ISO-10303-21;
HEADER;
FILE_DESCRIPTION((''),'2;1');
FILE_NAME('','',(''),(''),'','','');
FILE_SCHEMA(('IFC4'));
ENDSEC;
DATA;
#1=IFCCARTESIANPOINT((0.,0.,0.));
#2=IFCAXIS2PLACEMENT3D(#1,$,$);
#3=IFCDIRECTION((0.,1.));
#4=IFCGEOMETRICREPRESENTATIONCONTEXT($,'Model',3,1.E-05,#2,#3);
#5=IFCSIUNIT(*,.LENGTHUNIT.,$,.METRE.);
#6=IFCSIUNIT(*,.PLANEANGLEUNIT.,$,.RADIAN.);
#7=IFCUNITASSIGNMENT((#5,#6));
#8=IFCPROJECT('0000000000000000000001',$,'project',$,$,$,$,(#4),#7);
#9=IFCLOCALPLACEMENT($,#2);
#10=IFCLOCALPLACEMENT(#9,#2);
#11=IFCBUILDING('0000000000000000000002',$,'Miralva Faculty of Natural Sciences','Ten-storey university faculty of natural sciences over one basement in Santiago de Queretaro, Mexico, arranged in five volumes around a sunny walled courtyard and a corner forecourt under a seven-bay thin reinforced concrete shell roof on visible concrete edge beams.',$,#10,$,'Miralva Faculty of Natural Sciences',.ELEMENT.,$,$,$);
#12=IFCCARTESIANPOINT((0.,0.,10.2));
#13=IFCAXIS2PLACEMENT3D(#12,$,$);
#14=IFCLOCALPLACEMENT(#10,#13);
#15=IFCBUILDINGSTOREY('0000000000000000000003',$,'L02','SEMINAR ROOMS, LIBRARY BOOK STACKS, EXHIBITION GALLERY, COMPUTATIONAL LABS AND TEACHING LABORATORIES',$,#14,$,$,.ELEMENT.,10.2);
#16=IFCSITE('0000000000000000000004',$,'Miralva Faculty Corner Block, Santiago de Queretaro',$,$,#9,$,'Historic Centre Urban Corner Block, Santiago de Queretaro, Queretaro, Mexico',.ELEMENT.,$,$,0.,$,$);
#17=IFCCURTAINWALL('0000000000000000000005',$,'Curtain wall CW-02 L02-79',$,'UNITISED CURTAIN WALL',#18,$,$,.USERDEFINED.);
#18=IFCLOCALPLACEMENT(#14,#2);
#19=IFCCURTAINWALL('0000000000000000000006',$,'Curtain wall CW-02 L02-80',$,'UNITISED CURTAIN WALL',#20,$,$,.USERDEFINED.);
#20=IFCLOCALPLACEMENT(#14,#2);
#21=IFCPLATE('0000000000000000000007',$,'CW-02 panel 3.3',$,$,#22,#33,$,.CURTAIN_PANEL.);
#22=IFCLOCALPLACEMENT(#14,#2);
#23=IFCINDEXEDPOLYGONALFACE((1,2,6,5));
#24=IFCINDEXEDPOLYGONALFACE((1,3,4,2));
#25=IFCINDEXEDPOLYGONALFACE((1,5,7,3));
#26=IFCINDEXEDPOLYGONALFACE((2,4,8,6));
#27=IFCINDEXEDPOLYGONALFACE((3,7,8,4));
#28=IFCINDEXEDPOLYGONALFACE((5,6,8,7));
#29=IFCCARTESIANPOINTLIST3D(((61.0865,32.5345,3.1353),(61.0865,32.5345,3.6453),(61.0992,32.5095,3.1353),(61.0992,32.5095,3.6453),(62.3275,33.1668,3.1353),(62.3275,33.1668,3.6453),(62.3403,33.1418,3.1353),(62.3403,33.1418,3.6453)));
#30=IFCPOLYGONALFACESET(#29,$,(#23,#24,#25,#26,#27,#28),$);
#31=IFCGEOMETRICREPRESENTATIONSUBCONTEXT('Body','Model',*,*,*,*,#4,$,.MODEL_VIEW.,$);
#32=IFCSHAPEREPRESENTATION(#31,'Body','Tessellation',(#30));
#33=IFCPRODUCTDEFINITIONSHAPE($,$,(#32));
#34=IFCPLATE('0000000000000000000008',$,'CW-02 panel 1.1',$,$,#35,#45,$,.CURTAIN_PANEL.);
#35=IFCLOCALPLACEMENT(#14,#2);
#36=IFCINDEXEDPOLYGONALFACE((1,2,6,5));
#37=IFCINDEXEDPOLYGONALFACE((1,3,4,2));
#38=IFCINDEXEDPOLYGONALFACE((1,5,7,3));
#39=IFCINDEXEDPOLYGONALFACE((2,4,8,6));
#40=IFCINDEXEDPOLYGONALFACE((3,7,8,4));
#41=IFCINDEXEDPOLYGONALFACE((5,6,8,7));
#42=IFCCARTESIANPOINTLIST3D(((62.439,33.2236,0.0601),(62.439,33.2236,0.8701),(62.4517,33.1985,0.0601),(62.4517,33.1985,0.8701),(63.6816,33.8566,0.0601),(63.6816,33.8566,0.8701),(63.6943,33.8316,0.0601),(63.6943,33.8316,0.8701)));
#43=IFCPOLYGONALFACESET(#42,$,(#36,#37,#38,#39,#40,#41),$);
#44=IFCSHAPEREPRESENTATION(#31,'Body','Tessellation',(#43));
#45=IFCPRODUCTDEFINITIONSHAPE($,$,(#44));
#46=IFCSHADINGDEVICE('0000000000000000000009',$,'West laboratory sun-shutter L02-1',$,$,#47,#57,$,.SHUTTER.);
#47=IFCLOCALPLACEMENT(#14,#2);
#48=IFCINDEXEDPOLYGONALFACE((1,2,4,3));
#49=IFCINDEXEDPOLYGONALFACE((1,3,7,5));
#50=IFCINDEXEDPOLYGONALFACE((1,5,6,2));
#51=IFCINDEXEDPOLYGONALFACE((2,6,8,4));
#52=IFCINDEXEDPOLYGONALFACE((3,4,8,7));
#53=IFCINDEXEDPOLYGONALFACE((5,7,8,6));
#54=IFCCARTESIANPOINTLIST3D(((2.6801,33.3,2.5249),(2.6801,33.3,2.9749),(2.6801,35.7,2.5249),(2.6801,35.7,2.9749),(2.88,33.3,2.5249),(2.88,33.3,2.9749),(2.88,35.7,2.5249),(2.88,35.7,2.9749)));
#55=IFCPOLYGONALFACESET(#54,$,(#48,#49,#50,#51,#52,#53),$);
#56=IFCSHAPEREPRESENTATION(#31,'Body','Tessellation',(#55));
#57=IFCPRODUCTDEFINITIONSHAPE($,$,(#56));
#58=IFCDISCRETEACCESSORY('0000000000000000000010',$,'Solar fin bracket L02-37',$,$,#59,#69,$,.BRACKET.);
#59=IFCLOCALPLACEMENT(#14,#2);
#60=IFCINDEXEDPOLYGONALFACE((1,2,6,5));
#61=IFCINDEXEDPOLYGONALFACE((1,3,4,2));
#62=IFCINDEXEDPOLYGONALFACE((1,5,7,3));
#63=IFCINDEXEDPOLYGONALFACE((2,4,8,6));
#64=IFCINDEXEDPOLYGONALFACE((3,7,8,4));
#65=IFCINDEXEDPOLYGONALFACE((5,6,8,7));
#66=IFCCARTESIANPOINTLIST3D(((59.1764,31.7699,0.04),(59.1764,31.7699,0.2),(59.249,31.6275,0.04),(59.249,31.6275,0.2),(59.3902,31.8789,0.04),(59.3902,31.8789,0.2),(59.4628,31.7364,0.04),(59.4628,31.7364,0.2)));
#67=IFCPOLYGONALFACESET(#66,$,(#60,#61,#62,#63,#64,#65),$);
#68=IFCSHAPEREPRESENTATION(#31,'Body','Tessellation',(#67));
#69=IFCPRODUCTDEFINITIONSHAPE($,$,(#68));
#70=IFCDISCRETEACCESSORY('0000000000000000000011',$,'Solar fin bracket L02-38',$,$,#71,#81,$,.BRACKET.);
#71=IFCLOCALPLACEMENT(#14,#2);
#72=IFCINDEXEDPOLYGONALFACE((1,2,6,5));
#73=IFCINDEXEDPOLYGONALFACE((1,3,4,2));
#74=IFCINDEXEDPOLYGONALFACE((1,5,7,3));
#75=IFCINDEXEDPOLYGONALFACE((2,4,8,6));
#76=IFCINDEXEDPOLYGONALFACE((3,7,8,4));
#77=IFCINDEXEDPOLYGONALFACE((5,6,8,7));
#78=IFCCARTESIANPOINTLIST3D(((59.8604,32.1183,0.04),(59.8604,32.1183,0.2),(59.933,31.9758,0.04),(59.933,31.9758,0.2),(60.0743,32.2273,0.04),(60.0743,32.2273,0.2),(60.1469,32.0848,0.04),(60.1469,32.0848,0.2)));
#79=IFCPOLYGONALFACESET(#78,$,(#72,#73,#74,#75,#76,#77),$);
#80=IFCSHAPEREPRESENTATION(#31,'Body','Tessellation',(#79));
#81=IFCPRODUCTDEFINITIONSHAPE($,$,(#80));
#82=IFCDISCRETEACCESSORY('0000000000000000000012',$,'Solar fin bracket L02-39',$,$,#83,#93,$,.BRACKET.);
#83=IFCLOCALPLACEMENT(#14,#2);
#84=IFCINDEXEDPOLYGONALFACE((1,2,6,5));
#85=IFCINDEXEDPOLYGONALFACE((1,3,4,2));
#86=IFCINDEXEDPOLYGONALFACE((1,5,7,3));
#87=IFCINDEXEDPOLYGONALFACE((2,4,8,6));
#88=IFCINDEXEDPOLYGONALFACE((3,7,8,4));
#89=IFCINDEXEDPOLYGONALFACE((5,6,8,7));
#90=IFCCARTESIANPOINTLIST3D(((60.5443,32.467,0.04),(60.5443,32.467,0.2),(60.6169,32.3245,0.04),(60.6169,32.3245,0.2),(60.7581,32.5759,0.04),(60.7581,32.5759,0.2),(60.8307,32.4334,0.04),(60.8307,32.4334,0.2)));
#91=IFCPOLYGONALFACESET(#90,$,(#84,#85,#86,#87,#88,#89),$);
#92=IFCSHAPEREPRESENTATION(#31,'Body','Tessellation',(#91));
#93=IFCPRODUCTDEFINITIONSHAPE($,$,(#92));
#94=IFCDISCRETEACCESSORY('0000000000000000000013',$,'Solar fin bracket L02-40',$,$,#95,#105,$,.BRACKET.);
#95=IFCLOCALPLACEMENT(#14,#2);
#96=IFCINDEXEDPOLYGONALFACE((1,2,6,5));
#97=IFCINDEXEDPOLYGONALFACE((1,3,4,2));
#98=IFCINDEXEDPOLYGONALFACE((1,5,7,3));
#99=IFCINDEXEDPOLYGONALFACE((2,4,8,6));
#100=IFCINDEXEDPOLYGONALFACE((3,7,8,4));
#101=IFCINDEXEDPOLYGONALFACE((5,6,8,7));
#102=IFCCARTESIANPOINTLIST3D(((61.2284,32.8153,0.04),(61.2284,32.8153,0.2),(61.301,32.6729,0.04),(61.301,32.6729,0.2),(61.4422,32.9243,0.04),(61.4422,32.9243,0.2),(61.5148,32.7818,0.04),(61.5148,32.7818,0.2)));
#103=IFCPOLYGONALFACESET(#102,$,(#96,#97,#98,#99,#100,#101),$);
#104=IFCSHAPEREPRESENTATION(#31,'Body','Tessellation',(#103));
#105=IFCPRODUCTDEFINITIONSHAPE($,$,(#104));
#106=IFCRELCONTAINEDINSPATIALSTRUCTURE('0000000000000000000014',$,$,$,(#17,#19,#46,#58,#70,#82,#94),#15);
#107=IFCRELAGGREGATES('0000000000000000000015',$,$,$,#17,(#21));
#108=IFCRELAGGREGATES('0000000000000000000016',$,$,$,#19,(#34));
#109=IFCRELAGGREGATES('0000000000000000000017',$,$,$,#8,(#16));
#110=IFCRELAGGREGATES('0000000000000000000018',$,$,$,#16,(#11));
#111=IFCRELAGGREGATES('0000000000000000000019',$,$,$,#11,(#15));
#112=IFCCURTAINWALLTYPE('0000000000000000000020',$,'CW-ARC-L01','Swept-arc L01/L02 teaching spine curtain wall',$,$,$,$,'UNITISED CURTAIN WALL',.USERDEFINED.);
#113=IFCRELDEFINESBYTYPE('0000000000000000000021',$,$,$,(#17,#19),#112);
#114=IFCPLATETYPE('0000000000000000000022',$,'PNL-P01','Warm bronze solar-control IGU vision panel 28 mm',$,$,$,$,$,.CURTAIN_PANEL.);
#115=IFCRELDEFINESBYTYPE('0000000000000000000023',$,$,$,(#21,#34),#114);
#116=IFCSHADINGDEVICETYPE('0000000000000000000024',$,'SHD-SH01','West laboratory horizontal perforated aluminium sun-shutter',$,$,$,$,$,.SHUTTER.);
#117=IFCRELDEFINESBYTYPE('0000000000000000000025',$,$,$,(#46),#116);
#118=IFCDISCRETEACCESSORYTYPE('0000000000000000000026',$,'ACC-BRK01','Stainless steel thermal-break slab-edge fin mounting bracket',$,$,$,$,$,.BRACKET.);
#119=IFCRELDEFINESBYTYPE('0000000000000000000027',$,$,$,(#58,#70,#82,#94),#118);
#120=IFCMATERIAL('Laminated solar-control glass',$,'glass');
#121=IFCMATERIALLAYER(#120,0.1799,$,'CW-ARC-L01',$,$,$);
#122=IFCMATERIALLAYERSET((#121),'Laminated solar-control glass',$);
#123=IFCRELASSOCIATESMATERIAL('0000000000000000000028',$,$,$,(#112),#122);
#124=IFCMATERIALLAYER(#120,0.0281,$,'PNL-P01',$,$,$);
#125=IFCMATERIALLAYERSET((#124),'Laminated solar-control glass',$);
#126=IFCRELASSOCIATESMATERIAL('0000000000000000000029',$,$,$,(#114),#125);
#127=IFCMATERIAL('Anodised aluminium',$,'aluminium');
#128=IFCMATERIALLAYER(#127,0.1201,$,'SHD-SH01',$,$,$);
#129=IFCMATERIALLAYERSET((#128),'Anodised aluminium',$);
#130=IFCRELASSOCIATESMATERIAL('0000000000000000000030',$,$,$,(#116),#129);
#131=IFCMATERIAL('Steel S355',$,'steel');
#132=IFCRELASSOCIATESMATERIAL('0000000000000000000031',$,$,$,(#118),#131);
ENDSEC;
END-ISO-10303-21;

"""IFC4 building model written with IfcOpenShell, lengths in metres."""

from ifc_helpers import new_model, si_unit, direction, frame, origin, origin_2d, place, context, subcontext, project, spatial, rectangle, extrude, material, layer, layer_set, type_object, element, aggregate, save


model = new_model("IFC4")

# Units and contexts
model_context = context("Model", 3, precision=1e-05, world=origin(), true_north=direction((0.0, 1.0)))
body_context = subcontext(model_context, "Body", "Model", "MODEL_VIEW")
ifc_project = project(units=[si_unit("LENGTHUNIT", "METRE"), si_unit("PLANEANGLEUNIT", "RADIAN")], contexts=[model_context])

# Site, building, storey
site_placement = place(None, origin())
site = spatial("IfcSite", under=ifc_project, at=site_placement, Name="Miralva Faculty Corner Block, Santiago de Queretaro", LongName="Historic Centre Urban Corner Block, Santiago de Queretaro, Queretaro, Mexico", CompositionType="ELEMENT", RefElevation=0.0)
building_placement = place(site_placement, origin())
building = spatial("IfcBuilding", under=site, at=building_placement, Name="Miralva Faculty of Natural Sciences", Description="Ten-storey university faculty of natural sciences over one basement in Santiago de Queretaro, Mexico, arranged in five volumes around a sunny walled courtyard and a corner forecourt under a seven-bay thin reinforced concrete shell roof on visible concrete edge beams.", LongName="Miralva Faculty of Natural Sciences", CompositionType="ELEMENT")
storey_placement = place(building_placement, frame((0.0, 0.0, 10.2)))
storey = spatial("IfcBuildingStorey", under=building, at=storey_placement, Name="L02", Description="SEMINAR ROOMS, LIBRARY BOOK STACKS, EXHIBITION GALLERY, COMPUTATIONAL LABS AND TEACHING LABORATORIES", CompositionType="ELEMENT", Elevation=10.2)

# Curtain wall
ifc_material_1 = material(Name="Laminated solar-control glass", Category="glass")
ifc_layer_1 = layer(ifc_material_1, 0.1799, Name="CW-ARC-L01")
ifc_layer_set_1 = layer_set([ifc_layer_1], Name="Laminated solar-control glass")
curtain_wall_type = type_object("IfcCurtainWallType", Name="CW-ARC-L01", Description="Swept-arc L01/L02 teaching spine curtain wall", ElementType="UNITISED CURTAIN WALL", PredefinedType="USERDEFINED", material=ifc_layer_set_1)
curtain_wall_1_placement = place(storey_placement, origin())
curtain_wall_1 = element("IfcCurtainWall", 1, at=curtain_wall_1_placement, inside=storey, type_object=curtain_wall_type, Name="Curtain wall CW-02 L02-79", ObjectType="UNITISED CURTAIN WALL", PredefinedType="USERDEFINED")
ifc_material_2 = material(Name="Anodised aluminium", Category="aluminium")

# Curtain wall
curtain_wall_2_placement = place(storey_placement, origin())
curtain_wall_2 = element("IfcCurtainWall", 2, at=curtain_wall_2_placement, inside=storey, type_object=curtain_wall_type, Name="Curtain wall CW-02 L02-80", ObjectType="UNITISED CURTAIN WALL", PredefinedType="USERDEFINED")

# Plates
ifc_layer_2 = layer(ifc_material_1, 0.0281, Name="PNL-P01")
ifc_layer_set_2 = layer_set([ifc_layer_2], Name="Laminated solar-control glass")
plate_type = type_object("IfcPlateType", Name="PNL-P01", Description="Warm bronze solar-control IGU vision panel 28 mm", PredefinedType="CURTAIN_PANEL", material=ifc_layer_set_2)
plate_1_placement = place(storey_placement, frame((61.7134, 32.8381, 3.1353), z_axis=(0.0, 0.0, 1.0), x_axis=(0.891002, 0.454, 0.0)))
plate_1 = element("IfcPlate", 3, at=plate_1_placement, type_object=plate_type, Name="CW-02 panel 3.3", PredefinedType="CURTAIN_PANEL", context=body_context, shape_type="SweptSolid", body=[
    extrude(rectangle(XDim=1.3928, YDim=0.0281, at=origin_2d()), origin(), (0.0, 0.0, 1.0), 0.51),
])
aggregate(curtain_wall_1, [plate_1])
plate_2_placement = place(storey_placement, frame((63.0667, 33.5276, 0.0601), z_axis=(0.0, 0.0, 1.0), x_axis=(0.891015, 0.453975, 0.0)))
plate_2 = element("IfcPlate", 4, at=plate_2_placement, type_object=plate_type, Name="CW-02 panel 1.1", PredefinedType="CURTAIN_PANEL", context=body_context, shape_type="SweptSolid", body=[
    extrude(rectangle(XDim=1.3945, YDim=0.0281, at=origin_2d()), origin(), (0.0, 0.0, 1.0), 0.8101),
])
aggregate(curtain_wall_2, [plate_2])

# Shading device
ifc_layer_3 = layer(ifc_material_2, 0.1201, Name="SHD-SH01")
ifc_layer_set_3 = layer_set([ifc_layer_3], Name="Anodised aluminium")
shading_device_type = type_object("IfcShadingDeviceType", Name="SHD-SH01", Description="West laboratory horizontal perforated aluminium sun-shutter", PredefinedType="SHUTTER", material=ifc_layer_set_3)
shading_device_placement = place(storey_placement, frame((2.78, 34.5, 2.5249), z_axis=(0.0, 0.0, 1.0), x_axis=(1.0, 0.0, 0.0)))
element("IfcShadingDevice", 5, at=shading_device_placement, inside=storey, type_object=shading_device_type, Name="West laboratory sun-shutter L02-1", PredefinedType="SHUTTER", context=body_context, shape_type="SweptSolid", body=[
    extrude(rectangle(XDim=0.2, YDim=2.3999, at=origin_2d()), origin(), (0.0, 0.0, 1.0), 0.45),
])

# Discrete accessories
ifc_material_3 = material(Name="Steel S355", Category="steel")
discrete_accessory_type = type_object("IfcDiscreteAccessoryType", Name="ACC-BRK01", Description="Stainless steel thermal-break slab-edge fin mounting bracket", PredefinedType="BRACKET", material=ifc_material_3)
for number, where, z_axis, x_axis, name in (
    (6, (59.3196, 31.7532, 0.04), (0.0, 0.0, 1.0), (-0.45399, 0.891007, 0.0), "Solar fin bracket L02-37"),
    (7, (60.0037, 32.1016, 0.04), (0.0, 0.0, 1.0), (-0.45399, 0.891007, 0.0), "Solar fin bracket L02-38"),
    (8, (60.6875, 32.4502, 0.04), (0.0, 0.0, 1.0), (-0.45399, 0.891007, 0.0), "Solar fin bracket L02-39"),
    (9, (61.3716, 32.7986, 0.04), (0.0, 0.0, 1.0), (-0.45399, 0.891007, 0.0), "Solar fin bracket L02-40"),
):
    element("IfcDiscreteAccessory", number, at=place(storey_placement, frame(where, z_axis=z_axis, x_axis=x_axis)), inside=storey, type_object=discrete_accessory_type, Name=name, PredefinedType="BRACKET", context=body_context, shape_type="SweptSolid", body=[
        extrude(rectangle(XDim=0.1599, YDim=0.24, at=origin_2d()), origin(), (0.0, 0.0, 1.0), 0.1599),
    ])

save(model, "model.ifc")
